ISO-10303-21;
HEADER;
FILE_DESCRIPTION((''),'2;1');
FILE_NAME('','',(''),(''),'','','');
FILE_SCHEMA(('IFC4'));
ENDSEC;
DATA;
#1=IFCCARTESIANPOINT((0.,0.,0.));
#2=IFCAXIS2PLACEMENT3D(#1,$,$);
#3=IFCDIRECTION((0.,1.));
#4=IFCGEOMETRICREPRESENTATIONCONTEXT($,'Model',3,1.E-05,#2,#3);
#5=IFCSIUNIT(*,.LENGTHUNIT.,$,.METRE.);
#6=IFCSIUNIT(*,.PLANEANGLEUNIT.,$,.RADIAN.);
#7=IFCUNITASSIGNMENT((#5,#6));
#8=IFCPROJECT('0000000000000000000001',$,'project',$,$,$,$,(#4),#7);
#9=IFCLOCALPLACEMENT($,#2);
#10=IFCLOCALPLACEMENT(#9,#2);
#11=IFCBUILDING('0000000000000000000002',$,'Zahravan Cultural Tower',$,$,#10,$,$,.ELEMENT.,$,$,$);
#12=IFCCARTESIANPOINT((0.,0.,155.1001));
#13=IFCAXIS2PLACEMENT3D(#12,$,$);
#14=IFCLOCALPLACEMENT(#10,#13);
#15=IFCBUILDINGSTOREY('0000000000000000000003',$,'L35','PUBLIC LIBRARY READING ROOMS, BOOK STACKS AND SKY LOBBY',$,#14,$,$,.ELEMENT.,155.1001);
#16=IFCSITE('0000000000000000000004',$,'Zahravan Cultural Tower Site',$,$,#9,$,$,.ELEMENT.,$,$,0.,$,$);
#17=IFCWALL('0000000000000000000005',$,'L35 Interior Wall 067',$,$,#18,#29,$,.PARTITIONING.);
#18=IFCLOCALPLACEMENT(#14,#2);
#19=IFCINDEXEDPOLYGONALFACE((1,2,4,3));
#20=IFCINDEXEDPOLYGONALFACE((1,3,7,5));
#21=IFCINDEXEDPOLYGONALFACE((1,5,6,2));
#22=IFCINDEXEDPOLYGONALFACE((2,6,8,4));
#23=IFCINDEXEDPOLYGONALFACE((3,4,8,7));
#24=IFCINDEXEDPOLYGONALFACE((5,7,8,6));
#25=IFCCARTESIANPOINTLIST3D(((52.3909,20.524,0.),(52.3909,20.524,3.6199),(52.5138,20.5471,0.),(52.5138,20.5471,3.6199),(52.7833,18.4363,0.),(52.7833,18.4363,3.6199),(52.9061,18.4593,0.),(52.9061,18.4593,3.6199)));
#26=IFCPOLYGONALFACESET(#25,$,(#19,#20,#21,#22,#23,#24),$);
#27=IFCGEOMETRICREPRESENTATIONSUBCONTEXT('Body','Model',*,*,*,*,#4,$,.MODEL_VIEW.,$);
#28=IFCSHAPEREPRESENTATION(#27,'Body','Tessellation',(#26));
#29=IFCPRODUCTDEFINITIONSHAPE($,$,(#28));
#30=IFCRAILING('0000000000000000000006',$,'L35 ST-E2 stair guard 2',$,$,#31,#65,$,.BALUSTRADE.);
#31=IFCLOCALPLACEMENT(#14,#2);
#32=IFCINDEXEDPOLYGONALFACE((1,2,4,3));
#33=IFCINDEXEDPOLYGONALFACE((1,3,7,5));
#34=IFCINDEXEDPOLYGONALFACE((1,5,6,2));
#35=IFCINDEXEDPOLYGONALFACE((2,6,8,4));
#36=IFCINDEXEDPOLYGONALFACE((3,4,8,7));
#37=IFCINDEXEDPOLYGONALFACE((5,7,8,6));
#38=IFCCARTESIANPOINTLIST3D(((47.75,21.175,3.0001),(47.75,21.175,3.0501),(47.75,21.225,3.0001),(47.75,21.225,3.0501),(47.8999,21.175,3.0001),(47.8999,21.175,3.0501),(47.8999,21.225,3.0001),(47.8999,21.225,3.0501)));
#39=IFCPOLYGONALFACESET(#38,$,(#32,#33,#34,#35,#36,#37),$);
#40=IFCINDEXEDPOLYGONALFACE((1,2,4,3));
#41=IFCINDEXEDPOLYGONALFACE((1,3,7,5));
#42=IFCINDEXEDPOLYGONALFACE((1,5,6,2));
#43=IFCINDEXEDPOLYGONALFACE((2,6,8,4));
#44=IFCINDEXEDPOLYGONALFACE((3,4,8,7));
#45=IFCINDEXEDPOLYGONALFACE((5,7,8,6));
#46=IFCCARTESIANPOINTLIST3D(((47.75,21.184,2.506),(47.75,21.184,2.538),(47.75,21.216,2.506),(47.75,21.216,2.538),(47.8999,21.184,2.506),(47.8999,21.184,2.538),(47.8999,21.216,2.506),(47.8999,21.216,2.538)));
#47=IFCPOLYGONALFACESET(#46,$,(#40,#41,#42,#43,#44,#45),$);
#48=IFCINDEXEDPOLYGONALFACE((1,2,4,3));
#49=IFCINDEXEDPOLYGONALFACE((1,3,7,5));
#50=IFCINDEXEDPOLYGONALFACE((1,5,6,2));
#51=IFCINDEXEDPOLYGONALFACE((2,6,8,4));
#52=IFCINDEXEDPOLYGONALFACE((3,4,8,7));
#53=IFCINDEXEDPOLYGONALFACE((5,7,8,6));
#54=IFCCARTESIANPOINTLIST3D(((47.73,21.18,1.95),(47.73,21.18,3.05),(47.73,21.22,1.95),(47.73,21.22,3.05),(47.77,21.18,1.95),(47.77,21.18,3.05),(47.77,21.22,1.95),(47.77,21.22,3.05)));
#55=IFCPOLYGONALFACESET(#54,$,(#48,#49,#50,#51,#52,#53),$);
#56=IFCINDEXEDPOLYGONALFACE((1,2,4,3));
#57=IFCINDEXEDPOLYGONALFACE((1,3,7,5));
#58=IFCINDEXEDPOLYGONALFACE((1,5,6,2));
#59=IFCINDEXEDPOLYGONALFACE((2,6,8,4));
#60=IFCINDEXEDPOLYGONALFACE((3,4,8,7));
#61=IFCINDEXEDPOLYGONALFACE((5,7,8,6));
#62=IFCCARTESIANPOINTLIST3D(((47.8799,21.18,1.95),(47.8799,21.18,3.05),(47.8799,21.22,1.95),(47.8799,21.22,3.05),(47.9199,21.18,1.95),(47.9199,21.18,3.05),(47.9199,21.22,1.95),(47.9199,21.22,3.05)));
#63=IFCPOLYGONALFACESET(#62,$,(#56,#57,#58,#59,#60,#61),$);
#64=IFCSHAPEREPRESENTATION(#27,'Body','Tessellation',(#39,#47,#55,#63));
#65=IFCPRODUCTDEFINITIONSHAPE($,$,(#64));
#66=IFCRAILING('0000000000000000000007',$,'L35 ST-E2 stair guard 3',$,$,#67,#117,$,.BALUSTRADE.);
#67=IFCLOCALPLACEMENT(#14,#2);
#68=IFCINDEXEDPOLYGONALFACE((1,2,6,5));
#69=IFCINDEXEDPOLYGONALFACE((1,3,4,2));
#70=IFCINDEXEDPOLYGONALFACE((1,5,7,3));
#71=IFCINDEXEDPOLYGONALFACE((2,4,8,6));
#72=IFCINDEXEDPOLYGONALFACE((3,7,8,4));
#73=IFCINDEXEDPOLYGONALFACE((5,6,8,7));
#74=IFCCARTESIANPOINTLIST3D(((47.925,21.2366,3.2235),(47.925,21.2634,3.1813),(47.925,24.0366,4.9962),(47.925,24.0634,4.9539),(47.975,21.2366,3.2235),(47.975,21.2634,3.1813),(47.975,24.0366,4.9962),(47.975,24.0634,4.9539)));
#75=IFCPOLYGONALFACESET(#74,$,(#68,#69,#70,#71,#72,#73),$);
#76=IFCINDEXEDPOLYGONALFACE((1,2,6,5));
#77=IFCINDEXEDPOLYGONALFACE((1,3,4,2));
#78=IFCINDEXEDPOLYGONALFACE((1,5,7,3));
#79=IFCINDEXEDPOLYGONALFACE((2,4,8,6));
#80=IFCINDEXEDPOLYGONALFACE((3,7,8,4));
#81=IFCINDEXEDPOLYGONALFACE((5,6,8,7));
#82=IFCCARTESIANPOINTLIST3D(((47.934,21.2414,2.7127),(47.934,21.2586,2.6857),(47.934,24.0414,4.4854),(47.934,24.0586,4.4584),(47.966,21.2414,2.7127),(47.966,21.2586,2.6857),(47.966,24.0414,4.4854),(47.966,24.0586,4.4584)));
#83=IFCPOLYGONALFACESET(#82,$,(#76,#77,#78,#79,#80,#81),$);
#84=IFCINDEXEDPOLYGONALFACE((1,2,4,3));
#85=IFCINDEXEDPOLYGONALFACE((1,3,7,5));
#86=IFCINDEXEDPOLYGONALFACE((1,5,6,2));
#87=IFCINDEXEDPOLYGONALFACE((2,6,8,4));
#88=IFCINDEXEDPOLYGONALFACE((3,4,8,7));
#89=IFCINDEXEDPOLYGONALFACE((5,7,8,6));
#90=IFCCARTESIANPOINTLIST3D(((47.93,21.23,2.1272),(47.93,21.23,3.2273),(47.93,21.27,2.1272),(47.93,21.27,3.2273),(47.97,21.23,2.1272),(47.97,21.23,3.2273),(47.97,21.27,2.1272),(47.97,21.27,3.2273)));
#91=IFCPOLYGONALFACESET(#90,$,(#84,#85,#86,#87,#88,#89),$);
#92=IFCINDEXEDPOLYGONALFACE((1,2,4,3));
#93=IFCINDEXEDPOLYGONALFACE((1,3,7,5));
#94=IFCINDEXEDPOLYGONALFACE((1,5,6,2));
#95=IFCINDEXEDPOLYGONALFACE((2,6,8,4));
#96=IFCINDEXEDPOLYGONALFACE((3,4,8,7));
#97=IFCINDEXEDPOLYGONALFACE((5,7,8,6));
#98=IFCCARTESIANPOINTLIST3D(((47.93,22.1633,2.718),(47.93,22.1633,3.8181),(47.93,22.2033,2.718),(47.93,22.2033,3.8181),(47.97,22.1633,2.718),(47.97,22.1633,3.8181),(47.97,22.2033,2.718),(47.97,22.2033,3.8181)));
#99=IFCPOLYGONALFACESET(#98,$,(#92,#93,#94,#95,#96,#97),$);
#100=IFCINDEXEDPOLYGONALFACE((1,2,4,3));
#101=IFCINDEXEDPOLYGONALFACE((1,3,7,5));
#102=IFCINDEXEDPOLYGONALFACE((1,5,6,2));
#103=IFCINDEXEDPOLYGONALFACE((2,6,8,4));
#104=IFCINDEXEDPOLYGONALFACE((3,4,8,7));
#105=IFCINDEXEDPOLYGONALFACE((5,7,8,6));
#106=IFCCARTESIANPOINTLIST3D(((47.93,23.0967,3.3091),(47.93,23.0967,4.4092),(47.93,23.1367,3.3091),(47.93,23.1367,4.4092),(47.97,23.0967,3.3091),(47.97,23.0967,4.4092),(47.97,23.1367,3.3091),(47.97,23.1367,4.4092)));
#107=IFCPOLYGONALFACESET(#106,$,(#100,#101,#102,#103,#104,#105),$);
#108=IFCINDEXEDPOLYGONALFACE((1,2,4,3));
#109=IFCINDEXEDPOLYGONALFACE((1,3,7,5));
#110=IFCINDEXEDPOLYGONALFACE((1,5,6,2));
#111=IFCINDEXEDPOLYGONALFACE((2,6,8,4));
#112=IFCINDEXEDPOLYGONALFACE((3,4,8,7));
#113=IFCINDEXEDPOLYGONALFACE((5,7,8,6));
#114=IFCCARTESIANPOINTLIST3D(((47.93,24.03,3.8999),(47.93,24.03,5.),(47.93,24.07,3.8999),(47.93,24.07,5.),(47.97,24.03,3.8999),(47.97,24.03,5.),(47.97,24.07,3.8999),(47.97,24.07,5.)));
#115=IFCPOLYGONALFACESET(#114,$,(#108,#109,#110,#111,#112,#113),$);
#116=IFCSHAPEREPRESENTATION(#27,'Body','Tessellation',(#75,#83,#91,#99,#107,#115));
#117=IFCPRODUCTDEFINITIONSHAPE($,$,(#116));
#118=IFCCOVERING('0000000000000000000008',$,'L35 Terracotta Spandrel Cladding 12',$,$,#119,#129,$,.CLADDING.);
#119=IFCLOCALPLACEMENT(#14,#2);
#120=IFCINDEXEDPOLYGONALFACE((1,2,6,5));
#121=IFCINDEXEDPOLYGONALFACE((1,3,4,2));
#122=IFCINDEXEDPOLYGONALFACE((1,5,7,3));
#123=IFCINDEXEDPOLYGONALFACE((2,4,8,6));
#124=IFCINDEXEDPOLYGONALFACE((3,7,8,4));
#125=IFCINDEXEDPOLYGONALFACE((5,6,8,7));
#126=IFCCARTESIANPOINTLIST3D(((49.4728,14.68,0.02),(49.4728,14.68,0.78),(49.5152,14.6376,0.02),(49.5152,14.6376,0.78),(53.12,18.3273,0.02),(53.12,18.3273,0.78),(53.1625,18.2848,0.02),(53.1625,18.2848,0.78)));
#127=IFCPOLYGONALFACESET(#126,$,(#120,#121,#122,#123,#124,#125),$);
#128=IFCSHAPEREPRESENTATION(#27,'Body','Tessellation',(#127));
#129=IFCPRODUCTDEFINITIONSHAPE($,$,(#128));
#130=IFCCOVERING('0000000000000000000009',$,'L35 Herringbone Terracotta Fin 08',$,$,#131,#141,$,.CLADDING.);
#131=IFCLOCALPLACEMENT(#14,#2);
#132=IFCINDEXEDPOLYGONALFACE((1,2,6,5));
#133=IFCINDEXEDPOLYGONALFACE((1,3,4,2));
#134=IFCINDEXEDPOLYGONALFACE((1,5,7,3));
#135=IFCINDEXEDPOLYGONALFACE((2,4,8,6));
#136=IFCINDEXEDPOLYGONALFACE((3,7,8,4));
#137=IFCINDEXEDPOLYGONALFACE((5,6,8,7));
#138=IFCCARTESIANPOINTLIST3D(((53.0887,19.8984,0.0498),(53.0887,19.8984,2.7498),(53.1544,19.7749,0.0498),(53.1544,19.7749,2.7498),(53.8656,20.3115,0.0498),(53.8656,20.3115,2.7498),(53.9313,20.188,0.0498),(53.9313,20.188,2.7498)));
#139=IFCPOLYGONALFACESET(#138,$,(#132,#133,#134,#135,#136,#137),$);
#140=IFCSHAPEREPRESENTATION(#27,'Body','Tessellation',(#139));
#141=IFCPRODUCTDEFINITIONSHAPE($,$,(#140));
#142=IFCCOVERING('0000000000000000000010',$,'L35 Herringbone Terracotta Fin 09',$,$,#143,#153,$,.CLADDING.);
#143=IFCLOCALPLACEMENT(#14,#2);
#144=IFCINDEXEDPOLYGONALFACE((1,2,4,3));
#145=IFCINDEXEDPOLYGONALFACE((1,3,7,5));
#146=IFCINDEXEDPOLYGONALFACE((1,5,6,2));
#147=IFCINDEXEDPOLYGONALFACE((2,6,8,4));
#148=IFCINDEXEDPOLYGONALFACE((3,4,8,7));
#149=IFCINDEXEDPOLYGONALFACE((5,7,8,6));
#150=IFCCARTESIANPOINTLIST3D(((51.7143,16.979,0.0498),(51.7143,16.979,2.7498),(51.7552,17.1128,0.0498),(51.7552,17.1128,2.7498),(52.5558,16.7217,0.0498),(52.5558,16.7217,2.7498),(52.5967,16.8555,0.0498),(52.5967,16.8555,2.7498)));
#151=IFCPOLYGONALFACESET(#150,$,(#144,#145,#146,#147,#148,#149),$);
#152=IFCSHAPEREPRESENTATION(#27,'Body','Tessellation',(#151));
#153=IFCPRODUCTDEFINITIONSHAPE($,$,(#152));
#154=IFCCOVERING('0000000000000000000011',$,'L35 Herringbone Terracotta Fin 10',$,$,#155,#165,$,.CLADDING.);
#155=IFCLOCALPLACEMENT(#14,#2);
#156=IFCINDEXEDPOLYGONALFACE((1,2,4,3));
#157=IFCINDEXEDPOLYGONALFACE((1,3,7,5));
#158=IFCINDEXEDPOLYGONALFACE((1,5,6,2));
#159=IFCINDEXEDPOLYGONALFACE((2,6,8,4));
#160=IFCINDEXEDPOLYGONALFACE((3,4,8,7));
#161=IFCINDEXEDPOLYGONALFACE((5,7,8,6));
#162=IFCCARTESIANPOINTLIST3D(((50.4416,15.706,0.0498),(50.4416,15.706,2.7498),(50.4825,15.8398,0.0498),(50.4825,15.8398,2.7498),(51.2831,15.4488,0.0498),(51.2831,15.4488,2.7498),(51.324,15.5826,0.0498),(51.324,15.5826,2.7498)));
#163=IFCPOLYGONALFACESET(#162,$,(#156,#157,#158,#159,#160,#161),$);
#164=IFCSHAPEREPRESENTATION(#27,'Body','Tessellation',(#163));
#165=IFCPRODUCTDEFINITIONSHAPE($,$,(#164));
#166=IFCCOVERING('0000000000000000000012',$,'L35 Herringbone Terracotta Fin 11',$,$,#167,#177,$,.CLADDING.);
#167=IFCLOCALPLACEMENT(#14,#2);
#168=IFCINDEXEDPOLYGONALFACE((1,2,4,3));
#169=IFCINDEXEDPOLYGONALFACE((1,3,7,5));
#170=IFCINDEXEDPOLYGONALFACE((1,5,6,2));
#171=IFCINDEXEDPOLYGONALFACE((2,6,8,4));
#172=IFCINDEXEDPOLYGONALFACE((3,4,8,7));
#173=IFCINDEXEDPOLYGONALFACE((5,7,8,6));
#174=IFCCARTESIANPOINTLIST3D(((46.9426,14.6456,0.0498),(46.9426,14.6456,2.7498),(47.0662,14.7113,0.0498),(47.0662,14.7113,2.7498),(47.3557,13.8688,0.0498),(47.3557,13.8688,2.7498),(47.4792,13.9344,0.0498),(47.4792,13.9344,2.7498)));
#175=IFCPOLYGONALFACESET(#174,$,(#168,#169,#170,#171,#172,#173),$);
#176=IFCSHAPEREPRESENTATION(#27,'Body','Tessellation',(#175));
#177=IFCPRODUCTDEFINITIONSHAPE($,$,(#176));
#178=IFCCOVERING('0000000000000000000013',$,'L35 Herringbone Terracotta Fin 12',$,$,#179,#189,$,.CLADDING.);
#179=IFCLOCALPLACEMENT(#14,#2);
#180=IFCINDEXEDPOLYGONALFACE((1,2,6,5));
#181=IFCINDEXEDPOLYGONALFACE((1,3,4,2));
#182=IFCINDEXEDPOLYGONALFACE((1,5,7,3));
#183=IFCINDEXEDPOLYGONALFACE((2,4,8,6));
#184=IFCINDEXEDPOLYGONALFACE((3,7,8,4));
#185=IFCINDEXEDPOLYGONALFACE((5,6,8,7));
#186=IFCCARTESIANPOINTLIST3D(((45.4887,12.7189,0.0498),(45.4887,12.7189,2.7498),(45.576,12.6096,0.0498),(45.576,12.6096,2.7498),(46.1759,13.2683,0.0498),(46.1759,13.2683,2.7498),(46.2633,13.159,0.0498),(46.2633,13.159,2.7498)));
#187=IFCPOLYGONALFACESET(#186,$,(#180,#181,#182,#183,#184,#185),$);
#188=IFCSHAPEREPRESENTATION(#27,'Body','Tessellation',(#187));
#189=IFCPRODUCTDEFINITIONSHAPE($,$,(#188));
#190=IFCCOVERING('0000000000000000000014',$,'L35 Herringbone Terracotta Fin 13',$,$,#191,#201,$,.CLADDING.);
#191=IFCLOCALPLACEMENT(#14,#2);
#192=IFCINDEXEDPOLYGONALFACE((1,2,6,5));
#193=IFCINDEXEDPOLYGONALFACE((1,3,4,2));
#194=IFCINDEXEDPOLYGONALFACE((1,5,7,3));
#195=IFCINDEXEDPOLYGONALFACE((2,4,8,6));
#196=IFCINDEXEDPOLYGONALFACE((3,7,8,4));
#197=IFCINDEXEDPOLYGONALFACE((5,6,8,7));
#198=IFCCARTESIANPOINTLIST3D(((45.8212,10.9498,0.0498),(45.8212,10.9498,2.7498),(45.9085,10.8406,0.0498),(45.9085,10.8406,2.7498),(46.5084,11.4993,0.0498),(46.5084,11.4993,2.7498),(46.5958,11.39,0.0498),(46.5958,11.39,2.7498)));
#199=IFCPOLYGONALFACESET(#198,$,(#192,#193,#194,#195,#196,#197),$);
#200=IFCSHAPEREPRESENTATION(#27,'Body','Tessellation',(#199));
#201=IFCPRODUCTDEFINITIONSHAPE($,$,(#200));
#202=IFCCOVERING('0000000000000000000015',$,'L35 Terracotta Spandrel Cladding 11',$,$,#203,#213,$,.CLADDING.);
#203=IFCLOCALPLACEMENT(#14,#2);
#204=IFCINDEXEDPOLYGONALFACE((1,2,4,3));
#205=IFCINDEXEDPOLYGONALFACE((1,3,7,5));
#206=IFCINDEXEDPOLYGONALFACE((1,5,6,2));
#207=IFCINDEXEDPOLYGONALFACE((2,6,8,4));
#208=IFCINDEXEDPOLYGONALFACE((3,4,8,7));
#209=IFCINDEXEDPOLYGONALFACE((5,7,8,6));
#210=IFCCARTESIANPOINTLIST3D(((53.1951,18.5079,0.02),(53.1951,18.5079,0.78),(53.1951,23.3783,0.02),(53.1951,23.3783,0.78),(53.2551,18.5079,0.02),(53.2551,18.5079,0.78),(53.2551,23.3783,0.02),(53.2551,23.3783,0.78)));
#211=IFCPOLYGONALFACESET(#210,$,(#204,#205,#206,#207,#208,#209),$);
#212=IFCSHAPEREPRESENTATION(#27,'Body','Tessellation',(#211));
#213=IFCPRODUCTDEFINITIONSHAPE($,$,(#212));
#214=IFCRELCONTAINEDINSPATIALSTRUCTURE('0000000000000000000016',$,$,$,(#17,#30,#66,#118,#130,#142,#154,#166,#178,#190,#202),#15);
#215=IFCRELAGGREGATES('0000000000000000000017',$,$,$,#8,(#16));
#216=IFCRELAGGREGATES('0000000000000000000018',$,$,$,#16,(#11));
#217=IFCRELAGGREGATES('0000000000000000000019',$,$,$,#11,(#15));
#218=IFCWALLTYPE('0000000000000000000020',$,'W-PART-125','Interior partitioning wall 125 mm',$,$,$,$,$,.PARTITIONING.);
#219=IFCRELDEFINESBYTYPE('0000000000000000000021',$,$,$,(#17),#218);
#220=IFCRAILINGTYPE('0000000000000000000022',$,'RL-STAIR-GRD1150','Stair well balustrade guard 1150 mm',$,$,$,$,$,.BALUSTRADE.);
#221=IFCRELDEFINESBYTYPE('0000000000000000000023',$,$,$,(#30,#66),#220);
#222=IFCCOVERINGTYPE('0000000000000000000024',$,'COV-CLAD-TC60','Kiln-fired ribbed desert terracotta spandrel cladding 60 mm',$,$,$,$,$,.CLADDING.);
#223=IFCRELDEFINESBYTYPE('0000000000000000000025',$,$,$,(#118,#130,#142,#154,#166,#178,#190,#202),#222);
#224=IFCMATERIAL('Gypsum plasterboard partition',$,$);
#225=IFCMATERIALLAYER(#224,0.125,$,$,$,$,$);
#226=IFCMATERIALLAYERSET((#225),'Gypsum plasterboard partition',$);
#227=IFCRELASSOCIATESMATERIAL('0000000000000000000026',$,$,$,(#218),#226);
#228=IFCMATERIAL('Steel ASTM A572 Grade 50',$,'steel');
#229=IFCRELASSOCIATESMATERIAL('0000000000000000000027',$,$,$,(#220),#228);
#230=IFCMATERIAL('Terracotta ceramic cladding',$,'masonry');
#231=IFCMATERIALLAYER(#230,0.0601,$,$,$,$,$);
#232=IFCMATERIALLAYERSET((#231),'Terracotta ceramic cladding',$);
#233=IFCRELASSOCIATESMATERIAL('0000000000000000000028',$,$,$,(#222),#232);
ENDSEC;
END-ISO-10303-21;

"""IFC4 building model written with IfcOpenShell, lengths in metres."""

from ifc_helpers import new_model, si_unit, direction, frame, frame_2d, origin, origin_2d, place, context, subcontext, project, spatial, rectangle, extrude, source, transform, mapped, material, layer, layer_set, type_object, element, save


model = new_model("IFC4")

# Units and contexts
model_context = context("Model", 3, precision=1e-05, world=origin(), true_north=direction((0.0, 1.0)))
body_context = subcontext(model_context, "Body", "Model", "MODEL_VIEW")
ifc_project = project(units=[si_unit("LENGTHUNIT", "METRE"), si_unit("PLANEANGLEUNIT", "RADIAN")], contexts=[model_context])

# Site, building, storey
site_placement = place(None, origin())
site = spatial("IfcSite", under=ifc_project, at=site_placement, Name="Zahravan Cultural Tower Site", CompositionType="ELEMENT", RefElevation=0.0)
building_placement = place(site_placement, origin())
building = spatial("IfcBuilding", under=site, at=building_placement, Name="Zahravan Cultural Tower", CompositionType="ELEMENT")
storey_placement = place(building_placement, frame((0.0, 0.0, 155.1001)))
storey = spatial("IfcBuildingStorey", under=building, at=storey_placement, Name="L35", Description="PUBLIC LIBRARY READING ROOMS, BOOK STACKS AND SKY LOBBY", CompositionType="ELEMENT", Elevation=155.1001)

# Shared definitions
ifc_material_1 = material(Name="Gypsum plasterboard partition")
ifc_layer_1 = layer(ifc_material_1, 0.125)
ifc_layer_set_1 = layer_set([ifc_layer_1], Name="Gypsum plasterboard partition")
wall_type_1 = type_object("IfcWallType", Name="W-PART-125", Description="Interior partitioning wall 125 mm", PredefinedType="PARTITIONING", material=ifc_layer_set_1)
ifc_material_2 = material(Name="Steel ASTM A572 Grade 50", Category="steel")

# Wall
shared_shape_1 = source(origin(), body_context, "Body", "SweptSolid", [
    extrude(rectangle(XDim=2.1243, YDim=0.125, at=frame_2d((1.062, 0.0))), origin(), (0.0, 0.0, 1.0), 3.6199),
])
wall_1_placement = place(storey_placement, frame((52.4524, 20.5354, 0.0), z_axis=(0.0, 0.0, 1.0), x_axis=(0.184698, -0.982795, 0.0)))
element("IfcWall", 1, at=wall_1_placement, inside=storey, type_object=wall_type_1, Name="L35 Interior Wall 067", PredefinedType="PARTITIONING", context=body_context, shape_type="MappedRepresentation", body=[
    mapped(shared_shape_1, transform((0.0, 0.0, 0.0), x_axis=(1.0, 0.0, 0.0), y_axis=(0.0, 1.0, 0.0), z_axis=(0.0, 0.0, 1.0), scale=1.0)),
])

# Railings
railing_type = type_object("IfcRailingType", Name="RL-STAIR-GRD1150", Description="Stair well balustrade guard 1150 mm", PredefinedType="BALUSTRADE", material=ifc_material_2)
railing_1_placement = place(storey_placement, frame((47.75, 21.2, 1.95)))
element("IfcRailing", 2, at=railing_1_placement, inside=storey, type_object=railing_type, Name="L35 ST-E2 stair guard 2", PredefinedType="BALUSTRADE", context=body_context, shape_type="SweptSolid", body=[
    extrude(rectangle(XDim=0.05, YDim=0.05, at=origin_2d()), frame((0.0, 0.0, 1.0752), z_axis=(1.0, 0.0, 0.0), x_axis=(0.0, 1.0, 0.0)), (0.0, 0.0, 1.0), 0.1499),
    extrude(rectangle(XDim=0.032, YDim=0.032, at=origin_2d()), frame((0.0, 0.0, 0.572), z_axis=(1.0, 0.0, 0.0), x_axis=(0.0, 1.0, 0.0)), (0.0, 0.0, 1.0), 0.1499),
    extrude(rectangle(XDim=0.04, YDim=0.04, at=origin_2d()), origin(), (0.0, 0.0, 1.0), 1.1001),
    extrude(rectangle(XDim=0.04, YDim=0.04, at=origin_2d()), frame((0.1499, 0.0, 0.0)), (0.0, 0.0, 1.0), 1.1001),
])
railing_2_placement = place(storey_placement, frame((47.95, 21.25, 2.1272)))
element("IfcRailing", 3, at=railing_2_placement, inside=storey, type_object=railing_type, Name="L35 ST-E2 stair guard 3", PredefinedType="BALUSTRADE", context=body_context, shape_type="SweptSolid", body=[
    extrude(rectangle(XDim=0.05, YDim=0.05, at=origin_2d()), frame((0.0, 0.0, 1.0752), z_axis=(0.0, 0.844909, 0.53491), x_axis=(-1.0, 0.0, 0.0)), (0.0, 0.0, 1.0), 3.314),
    extrude(rectangle(XDim=0.032, YDim=0.032, at=origin_2d()), frame((0.0, 0.0, 0.572), z_axis=(0.0, 0.844909, 0.53491), x_axis=(-1.0, 0.0, 0.0)), (0.0, 0.0, 1.0), 3.314),
    extrude(rectangle(XDim=0.04, YDim=0.04, at=origin_2d()), origin(), (0.0, 0.0, 1.0), 1.1001),
    extrude(rectangle(XDim=0.04, YDim=0.04, at=origin_2d()), frame((0.0, 0.9333, 0.5908)), (0.0, 0.0, 1.0), 1.1001),
    extrude(rectangle(XDim=0.04, YDim=0.04, at=origin_2d()), frame((0.0, 1.8667, 1.1819)), (0.0, 0.0, 1.0), 1.1001),
    extrude(rectangle(XDim=0.04, YDim=0.04, at=origin_2d()), frame((0.0, 2.8, 1.7727)), (0.0, 0.0, 1.0), 1.1001),
])

# Coverings
ifc_material_3 = material(Name="Terracotta ceramic cladding", Category="masonry")
ifc_layer_2 = layer(ifc_material_3, 0.0601)
ifc_layer_set_2 = layer_set([ifc_layer_2], Name="Terracotta ceramic cladding")
covering_type = type_object("IfcCoveringType", Name="COV-CLAD-TC60", Description="Kiln-fired ribbed desert terracotta spandrel cladding 60 mm", PredefinedType="CLADDING", material=ifc_layer_set_2)
shared_shape_2 = source(origin(), body_context, "Body", "SweptSolid", [
    extrude(rectangle(XDim=5.158, YDim=0.0601, at=origin_2d()), origin(), (0.0, 0.0, 1.0), 0.76),
])
covering_1_placement = place(storey_placement, frame((51.3176, 16.4824, 0.02), z_axis=(0.0, 0.0, 1.0), x_axis=(-0.707107, -0.707107, 0.0)))
element("IfcCovering", 4, at=covering_1_placement, inside=storey, type_object=covering_type, Name="L35 Terracotta Spandrel Cladding 12", PredefinedType="CLADDING", context=body_context, shape_type="MappedRepresentation", body=[
    mapped(shared_shape_2, transform((0.0, 0.0, 0.0), x_axis=(1.0, 0.0, 0.0), y_axis=(0.0, 1.0, 0.0), z_axis=(0.0, 0.0, 1.0), scale=1.0)),
])
shared_shape_3 = source(origin(), body_context, "Body", "SweptSolid", [
    extrude(rectangle(XDim=0.8799, YDim=0.1399, at=origin_2d()), origin(), (0.0, 0.0, 1.0), 2.7),
])
for number, where, z_axis, x_axis, name in (
    (5, (53.51, 20.0432, 0.0498), (0.0, 0.0, 1.0), (0.882948, 0.469472, 0.0), "L35 Herringbone Terracotta Fin 08"),
    (6, (52.1555, 16.9172, 0.0498), (0.0, 0.0, 1.0), (0.956305, -0.292372, 0.0), "L35 Herringbone Terracotta Fin 09"),
    (7, (50.8828, 15.6443, 0.0498), (0.0, 0.0, 1.0), (0.956305, -0.292372, 0.0), "L35 Herringbone Terracotta Fin 10"),
    (8, (47.2109, 14.29, 0.0498), (0.0, 0.0, 1.0), (0.469472, -0.882948, 0.0), "L35 Herringbone Terracotta Fin 11"),
    (9, (45.876, 12.939, 0.0498), (0.0, 0.0, 1.0), (0.781074, 0.624439, 0.0), "L35 Herringbone Terracotta Fin 12"),
    (10, (46.2085, 11.1699, 0.0498), (0.0, 0.0, 1.0), (0.781074, 0.624439, 0.0), "L35 Herringbone Terracotta Fin 13"),
):
    element("IfcCovering", number, at=place(storey_placement, frame(where, z_axis=z_axis, x_axis=x_axis)), inside=storey, type_object=covering_type, Name=name, PredefinedType="CLADDING", context=body_context, shape_type="MappedRepresentation", body=[
        mapped(shared_shape_3, transform((0.0, 0.0, 0.0), x_axis=(1.0, 0.0, 0.0), y_axis=(0.0, 1.0, 0.0), z_axis=(0.0, 0.0, 1.0), scale=1.0)),
    ])
shared_shape_4 = source(origin(), body_context, "Body", "SweptSolid", [
    extrude(rectangle(XDim=4.8704, YDim=0.0601, at=origin_2d()), origin(), (0.0, 0.0, 1.0), 0.76),
])
covering_2_placement = place(storey_placement, frame((53.2251, 20.9431, 0.02), z_axis=(0.0, 0.0, 1.0), x_axis=(0.0, -1.0, 0.0)))
element("IfcCovering", 11, at=covering_2_placement, inside=storey, type_object=covering_type, Name="L35 Terracotta Spandrel Cladding 11", PredefinedType="CLADDING", context=body_context, shape_type="MappedRepresentation", body=[
    mapped(shared_shape_4, transform((0.0, 0.0, 0.0), x_axis=(1.0, 0.0, 0.0), y_axis=(0.0, 1.0, 0.0), z_axis=(0.0, 0.0, 1.0), scale=1.0)),
])

save(model, "model.ifc")
